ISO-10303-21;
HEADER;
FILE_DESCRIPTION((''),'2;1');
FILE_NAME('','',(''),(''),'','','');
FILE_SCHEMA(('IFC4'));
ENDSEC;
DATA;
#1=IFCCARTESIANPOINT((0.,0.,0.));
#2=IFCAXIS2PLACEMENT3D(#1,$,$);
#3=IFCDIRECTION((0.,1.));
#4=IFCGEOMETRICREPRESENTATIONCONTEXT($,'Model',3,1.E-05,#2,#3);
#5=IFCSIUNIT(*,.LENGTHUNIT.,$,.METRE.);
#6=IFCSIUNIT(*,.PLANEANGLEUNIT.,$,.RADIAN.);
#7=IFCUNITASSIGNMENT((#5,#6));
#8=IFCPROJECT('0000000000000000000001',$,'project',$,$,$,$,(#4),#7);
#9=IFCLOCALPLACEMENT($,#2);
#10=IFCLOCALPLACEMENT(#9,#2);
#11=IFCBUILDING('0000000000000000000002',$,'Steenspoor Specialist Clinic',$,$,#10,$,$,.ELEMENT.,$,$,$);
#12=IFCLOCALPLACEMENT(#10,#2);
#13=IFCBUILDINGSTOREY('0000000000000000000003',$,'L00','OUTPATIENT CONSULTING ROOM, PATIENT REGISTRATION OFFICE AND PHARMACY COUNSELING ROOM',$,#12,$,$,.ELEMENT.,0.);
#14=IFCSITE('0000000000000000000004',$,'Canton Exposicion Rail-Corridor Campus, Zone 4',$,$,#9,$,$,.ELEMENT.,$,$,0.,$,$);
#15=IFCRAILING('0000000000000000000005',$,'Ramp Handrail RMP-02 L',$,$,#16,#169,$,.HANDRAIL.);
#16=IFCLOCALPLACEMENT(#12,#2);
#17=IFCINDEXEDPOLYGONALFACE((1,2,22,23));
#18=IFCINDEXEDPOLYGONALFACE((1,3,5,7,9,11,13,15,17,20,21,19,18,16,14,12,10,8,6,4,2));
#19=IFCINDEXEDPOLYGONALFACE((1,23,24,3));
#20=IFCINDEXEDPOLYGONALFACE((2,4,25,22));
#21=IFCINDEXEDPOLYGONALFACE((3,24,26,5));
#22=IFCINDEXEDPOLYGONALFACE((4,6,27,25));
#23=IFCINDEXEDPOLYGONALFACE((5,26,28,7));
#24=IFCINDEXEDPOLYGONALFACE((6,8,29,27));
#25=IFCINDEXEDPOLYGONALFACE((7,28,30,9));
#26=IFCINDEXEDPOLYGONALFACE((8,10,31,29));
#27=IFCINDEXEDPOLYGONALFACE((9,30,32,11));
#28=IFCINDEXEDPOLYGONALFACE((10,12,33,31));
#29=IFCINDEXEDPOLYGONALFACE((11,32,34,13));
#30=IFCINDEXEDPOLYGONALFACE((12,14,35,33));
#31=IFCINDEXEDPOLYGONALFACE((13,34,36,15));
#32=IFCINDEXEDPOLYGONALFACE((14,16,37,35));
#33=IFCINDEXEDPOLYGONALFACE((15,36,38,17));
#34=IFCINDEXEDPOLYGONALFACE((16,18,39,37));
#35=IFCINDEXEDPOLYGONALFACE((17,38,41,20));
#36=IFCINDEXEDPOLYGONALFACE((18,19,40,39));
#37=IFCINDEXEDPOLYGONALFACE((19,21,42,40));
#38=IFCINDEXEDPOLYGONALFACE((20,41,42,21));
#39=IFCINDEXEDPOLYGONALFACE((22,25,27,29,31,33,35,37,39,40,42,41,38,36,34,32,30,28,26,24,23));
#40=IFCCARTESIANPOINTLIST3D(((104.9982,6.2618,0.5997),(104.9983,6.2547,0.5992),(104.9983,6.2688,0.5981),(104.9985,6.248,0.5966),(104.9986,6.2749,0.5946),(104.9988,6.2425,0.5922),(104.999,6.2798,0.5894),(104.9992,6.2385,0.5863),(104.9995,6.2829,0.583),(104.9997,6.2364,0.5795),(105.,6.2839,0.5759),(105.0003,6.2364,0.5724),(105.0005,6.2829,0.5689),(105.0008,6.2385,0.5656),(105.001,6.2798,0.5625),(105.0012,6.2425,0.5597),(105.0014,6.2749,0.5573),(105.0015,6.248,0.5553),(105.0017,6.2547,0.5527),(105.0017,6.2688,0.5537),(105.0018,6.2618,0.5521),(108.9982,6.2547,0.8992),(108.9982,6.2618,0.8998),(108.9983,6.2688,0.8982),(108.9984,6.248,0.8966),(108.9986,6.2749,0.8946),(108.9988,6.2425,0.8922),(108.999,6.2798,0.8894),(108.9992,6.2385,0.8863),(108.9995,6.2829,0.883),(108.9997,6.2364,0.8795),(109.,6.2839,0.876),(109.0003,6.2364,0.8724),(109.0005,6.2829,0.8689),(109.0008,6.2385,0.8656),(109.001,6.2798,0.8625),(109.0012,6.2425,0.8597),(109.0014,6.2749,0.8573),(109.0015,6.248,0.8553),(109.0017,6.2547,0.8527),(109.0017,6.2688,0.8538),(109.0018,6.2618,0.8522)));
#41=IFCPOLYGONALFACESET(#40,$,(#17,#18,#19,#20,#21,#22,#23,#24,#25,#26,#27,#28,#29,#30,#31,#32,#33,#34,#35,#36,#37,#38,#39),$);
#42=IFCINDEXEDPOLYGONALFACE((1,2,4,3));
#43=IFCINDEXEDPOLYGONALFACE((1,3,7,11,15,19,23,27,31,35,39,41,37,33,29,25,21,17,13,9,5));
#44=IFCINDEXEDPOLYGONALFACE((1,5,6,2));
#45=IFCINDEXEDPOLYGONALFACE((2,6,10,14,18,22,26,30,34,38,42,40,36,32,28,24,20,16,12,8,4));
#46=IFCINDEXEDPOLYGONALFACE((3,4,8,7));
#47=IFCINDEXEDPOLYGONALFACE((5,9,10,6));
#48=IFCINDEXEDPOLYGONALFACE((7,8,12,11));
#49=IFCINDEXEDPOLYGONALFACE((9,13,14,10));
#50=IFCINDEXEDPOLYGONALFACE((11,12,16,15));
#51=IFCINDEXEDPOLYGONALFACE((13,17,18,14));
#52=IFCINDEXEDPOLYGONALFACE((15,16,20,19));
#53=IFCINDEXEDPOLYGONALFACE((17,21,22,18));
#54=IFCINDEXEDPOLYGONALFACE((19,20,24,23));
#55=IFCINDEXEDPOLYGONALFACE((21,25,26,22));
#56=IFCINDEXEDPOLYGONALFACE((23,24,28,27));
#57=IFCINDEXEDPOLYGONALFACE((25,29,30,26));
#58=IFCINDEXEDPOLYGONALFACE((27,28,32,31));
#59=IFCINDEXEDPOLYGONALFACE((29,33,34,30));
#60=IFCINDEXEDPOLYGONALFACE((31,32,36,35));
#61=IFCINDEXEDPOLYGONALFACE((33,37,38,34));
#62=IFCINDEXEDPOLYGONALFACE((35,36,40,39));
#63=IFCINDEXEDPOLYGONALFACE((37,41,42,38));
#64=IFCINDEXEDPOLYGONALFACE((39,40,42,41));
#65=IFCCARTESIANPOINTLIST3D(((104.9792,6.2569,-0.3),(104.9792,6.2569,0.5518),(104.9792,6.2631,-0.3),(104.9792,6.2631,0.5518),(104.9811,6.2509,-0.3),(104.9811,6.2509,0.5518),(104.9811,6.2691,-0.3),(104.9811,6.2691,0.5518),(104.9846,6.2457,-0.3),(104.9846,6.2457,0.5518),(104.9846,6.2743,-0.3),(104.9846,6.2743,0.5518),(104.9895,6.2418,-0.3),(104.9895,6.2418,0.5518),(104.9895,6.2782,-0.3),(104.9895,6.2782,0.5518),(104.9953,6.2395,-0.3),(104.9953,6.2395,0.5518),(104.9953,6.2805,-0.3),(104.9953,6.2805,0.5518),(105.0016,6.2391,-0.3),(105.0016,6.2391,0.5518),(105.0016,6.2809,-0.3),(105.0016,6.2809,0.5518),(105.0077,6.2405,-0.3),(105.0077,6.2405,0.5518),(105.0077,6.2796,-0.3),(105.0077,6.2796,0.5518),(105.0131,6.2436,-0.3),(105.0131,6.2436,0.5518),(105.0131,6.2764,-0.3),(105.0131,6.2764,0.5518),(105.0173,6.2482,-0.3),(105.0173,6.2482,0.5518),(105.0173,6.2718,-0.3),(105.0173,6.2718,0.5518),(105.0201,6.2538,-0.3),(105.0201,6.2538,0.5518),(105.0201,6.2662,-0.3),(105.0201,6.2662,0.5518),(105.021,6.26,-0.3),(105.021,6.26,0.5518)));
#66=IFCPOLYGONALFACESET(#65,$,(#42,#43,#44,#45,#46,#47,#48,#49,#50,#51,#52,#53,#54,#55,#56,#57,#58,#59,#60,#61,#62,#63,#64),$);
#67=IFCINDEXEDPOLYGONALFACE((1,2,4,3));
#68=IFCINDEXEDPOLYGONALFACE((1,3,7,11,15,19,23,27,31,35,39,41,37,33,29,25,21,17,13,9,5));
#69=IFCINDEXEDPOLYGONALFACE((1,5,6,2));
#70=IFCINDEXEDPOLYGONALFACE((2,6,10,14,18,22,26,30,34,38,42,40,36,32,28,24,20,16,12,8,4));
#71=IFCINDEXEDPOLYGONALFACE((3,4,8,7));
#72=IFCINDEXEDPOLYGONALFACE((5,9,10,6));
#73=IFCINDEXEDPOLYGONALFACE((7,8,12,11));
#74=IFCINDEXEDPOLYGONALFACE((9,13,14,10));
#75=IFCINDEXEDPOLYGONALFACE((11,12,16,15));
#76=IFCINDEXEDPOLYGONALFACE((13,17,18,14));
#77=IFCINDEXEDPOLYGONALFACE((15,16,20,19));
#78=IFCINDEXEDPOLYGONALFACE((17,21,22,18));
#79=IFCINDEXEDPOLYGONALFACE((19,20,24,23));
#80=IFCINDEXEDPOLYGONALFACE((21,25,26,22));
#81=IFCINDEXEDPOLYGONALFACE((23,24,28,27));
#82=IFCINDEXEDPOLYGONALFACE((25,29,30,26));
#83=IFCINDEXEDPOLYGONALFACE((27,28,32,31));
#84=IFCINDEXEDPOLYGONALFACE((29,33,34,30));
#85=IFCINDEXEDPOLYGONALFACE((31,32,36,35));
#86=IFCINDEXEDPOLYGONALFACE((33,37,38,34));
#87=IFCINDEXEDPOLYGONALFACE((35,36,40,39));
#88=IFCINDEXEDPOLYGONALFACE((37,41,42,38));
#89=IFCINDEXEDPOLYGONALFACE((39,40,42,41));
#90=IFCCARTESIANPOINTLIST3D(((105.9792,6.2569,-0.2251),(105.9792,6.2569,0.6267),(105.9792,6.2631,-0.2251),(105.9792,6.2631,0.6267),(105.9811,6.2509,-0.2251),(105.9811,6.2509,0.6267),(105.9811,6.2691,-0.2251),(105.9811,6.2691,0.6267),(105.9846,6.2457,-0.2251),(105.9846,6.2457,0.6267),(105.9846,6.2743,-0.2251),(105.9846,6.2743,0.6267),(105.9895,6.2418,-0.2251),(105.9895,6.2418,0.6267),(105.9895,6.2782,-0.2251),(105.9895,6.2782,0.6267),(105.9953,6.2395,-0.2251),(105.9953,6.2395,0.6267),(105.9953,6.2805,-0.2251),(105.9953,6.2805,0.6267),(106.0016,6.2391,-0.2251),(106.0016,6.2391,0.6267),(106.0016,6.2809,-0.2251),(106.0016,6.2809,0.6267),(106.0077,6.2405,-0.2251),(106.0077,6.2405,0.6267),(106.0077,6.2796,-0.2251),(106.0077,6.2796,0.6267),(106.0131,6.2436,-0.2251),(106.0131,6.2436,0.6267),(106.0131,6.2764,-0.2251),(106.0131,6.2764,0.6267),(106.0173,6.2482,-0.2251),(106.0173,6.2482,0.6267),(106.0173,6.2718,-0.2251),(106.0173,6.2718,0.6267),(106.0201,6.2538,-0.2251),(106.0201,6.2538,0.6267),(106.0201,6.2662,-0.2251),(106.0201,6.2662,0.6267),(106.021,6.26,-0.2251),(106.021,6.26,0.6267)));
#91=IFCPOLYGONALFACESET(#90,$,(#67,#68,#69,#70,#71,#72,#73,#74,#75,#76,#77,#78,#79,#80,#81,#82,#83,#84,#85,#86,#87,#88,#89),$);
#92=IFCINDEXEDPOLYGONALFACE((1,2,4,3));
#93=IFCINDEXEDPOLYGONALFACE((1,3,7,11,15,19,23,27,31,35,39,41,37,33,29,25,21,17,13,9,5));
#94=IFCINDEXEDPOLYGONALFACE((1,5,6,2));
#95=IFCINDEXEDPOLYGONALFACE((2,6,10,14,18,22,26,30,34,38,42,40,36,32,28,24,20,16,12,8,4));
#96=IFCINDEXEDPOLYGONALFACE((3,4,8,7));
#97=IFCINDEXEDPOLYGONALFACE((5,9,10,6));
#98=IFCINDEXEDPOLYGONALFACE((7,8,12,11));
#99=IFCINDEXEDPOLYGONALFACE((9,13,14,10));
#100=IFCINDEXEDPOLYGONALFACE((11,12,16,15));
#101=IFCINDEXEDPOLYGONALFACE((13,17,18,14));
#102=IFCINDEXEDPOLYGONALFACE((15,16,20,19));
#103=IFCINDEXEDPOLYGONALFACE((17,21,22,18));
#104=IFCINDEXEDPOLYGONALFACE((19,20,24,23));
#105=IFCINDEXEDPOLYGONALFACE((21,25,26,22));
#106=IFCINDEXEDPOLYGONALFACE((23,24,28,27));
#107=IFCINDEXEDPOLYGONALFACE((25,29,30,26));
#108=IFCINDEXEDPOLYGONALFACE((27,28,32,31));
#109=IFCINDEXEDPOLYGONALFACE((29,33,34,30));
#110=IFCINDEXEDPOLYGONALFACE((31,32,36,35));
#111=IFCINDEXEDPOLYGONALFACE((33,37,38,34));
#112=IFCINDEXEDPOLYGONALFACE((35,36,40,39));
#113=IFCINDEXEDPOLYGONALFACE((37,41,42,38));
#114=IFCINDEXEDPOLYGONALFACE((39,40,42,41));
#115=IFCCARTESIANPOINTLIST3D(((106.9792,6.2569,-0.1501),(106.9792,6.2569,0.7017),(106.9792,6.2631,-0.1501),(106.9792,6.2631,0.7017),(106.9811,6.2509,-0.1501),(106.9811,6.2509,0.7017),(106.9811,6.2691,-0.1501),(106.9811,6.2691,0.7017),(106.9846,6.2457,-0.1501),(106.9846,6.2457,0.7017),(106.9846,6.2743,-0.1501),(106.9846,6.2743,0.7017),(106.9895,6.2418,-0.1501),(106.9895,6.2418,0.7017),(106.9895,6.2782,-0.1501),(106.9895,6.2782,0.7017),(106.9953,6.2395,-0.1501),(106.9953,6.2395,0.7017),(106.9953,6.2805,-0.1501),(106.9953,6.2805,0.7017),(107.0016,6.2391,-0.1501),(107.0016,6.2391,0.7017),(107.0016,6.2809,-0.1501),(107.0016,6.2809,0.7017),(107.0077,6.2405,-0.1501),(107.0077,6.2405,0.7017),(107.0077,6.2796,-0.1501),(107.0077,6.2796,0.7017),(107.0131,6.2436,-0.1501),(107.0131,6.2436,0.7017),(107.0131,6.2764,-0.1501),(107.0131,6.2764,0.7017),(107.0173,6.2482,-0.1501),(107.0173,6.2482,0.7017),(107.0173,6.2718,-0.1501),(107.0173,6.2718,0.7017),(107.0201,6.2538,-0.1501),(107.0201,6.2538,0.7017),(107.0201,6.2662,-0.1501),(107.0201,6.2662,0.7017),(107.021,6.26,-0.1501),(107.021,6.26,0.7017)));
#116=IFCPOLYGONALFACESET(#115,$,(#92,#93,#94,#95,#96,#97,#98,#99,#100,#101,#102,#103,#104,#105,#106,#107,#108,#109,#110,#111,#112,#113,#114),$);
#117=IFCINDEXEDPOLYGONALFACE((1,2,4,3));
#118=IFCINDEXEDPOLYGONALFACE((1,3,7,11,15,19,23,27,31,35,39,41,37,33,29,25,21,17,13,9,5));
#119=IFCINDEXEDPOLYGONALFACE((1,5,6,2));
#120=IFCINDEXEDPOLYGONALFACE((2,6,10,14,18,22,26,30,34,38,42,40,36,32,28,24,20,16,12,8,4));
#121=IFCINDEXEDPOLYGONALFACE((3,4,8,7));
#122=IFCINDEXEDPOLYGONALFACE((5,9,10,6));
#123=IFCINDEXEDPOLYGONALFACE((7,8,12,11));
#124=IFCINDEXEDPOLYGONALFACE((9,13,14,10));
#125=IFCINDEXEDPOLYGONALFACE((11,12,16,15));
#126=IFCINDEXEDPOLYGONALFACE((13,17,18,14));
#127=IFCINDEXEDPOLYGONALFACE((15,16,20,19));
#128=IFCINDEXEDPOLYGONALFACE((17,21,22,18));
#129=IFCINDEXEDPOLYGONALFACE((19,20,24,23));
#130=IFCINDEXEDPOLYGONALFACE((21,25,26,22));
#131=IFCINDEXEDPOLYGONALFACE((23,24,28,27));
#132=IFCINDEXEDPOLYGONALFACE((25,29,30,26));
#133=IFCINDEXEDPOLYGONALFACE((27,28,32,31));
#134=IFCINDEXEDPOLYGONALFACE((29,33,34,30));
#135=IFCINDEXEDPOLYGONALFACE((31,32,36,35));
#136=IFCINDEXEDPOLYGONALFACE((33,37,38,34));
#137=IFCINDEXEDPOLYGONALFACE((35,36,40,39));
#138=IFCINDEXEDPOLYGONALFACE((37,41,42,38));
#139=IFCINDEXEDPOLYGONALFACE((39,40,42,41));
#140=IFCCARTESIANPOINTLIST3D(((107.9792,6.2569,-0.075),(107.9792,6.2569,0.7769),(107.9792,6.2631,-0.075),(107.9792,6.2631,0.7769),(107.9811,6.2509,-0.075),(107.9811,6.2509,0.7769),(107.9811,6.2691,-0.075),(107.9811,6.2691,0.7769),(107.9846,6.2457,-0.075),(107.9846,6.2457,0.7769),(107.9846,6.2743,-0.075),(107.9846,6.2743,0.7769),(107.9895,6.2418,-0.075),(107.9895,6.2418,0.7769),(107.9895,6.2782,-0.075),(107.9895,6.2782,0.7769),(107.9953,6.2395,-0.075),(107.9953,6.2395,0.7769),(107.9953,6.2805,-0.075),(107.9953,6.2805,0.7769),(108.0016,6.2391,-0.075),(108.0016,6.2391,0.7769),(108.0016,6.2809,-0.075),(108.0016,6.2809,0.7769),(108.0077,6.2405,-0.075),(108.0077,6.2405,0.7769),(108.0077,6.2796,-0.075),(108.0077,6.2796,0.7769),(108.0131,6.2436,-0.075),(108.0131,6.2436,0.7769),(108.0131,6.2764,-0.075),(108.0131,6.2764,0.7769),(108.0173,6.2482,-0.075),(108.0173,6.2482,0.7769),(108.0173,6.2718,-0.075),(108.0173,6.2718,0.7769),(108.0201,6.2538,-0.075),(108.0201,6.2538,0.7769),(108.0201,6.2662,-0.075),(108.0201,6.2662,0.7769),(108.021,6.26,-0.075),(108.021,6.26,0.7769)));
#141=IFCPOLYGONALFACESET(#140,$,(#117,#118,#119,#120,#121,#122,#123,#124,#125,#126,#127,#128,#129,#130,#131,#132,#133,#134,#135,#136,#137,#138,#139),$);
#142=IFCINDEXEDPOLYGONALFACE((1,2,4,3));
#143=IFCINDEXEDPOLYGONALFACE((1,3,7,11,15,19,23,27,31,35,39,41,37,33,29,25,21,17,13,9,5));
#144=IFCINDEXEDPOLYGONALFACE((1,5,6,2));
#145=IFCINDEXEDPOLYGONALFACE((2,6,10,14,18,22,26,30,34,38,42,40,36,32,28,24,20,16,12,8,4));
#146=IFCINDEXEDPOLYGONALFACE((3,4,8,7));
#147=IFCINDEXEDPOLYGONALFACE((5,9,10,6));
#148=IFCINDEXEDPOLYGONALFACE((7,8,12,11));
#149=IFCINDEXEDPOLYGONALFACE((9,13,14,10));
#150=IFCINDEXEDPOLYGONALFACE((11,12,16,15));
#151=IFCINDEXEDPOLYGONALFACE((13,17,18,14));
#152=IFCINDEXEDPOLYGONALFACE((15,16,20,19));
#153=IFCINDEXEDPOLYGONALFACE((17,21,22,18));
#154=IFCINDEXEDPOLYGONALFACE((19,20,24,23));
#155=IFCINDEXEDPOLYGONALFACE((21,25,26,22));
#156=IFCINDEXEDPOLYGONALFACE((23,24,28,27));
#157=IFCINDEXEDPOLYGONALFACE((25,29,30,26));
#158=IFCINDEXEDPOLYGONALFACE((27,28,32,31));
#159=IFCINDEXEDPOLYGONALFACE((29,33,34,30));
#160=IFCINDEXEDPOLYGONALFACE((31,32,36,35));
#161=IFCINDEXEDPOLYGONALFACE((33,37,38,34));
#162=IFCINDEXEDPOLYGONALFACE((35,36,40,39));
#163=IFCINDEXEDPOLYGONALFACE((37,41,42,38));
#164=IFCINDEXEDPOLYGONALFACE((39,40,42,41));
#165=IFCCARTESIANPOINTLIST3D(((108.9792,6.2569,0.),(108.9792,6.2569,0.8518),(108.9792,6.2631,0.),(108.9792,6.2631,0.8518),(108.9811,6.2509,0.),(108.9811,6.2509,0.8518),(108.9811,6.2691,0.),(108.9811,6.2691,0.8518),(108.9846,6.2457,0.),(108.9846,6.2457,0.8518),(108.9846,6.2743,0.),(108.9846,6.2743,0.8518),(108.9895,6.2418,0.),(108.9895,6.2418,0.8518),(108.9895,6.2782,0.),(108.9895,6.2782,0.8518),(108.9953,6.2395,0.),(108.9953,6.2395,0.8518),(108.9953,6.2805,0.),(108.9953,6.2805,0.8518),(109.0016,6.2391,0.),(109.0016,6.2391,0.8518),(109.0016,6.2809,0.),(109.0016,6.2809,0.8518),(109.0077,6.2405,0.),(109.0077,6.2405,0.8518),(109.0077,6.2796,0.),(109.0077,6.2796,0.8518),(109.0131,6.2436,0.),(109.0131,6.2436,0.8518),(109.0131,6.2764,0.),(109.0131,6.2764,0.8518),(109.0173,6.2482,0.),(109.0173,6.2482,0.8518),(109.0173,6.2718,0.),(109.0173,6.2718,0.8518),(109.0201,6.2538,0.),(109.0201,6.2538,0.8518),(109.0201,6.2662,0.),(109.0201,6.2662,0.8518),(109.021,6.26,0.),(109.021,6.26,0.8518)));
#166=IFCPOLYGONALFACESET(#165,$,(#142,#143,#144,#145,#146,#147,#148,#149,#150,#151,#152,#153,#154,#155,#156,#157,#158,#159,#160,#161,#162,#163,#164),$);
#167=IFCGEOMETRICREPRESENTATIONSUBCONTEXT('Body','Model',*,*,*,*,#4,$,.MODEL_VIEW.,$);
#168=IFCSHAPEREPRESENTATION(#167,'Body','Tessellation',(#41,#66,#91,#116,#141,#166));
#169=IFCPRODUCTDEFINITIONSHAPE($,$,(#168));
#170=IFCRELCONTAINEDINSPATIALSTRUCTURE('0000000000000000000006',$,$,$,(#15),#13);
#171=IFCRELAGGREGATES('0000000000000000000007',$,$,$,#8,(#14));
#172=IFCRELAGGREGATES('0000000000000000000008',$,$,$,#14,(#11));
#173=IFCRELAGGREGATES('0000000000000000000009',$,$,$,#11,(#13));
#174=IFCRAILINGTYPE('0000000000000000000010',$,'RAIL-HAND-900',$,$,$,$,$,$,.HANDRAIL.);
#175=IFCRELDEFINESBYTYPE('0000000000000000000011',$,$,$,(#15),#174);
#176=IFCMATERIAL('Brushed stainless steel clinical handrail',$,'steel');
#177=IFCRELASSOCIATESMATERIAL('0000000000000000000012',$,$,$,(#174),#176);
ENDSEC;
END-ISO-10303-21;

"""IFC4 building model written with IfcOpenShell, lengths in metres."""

from ifc_helpers import new_model, si_unit, direction, frame, origin, origin_2d, place, context, subcontext, project, spatial, circle, extrude, material, type_object, element, save


model = new_model("IFC4")

# Units and contexts
model_context = context("Model", 3, precision=1e-05, world=origin(), true_north=direction((0.0, 1.0)))
body_context = subcontext(model_context, "Body", "Model", "MODEL_VIEW")
ifc_project = project(units=[si_unit("LENGTHUNIT", "METRE"), si_unit("PLANEANGLEUNIT", "RADIAN")], contexts=[model_context])

# Site, building, storey
site_placement = place(None, origin())
site = spatial("IfcSite", under=ifc_project, at=site_placement, Name="Canton Exposicion Rail-Corridor Campus, Zone 4", CompositionType="ELEMENT", RefElevation=0.0)
building_placement = place(site_placement, origin())
building = spatial("IfcBuilding", under=site, at=building_placement, Name="Steenspoor Specialist Clinic", CompositionType="ELEMENT")
storey_placement = place(building_placement, origin())
storey = spatial("IfcBuildingStorey", under=building, at=storey_placement, Name="L00", Description="OUTPATIENT CONSULTING ROOM, PATIENT REGISTRATION OFFICE AND PHARMACY COUNSELING ROOM", CompositionType="ELEMENT", Elevation=0.0)

# Railing
ifc_material_1 = material(Name="Brushed stainless steel clinical handrail", Category="steel")
railing_type = type_object("IfcRailingType", Name="RAIL-HAND-900", PredefinedType="HANDRAIL", material=ifc_material_1)
for number, where, name in (
    (1, (105.0, 6.26, -0.3), "Ramp Handrail RMP-02 L"),
):
    element("IfcRailing", number, at=place(storey_placement, frame(where)), inside=storey, type_object=railing_type, Name=name, PredefinedType="HANDRAIL", context=body_context, shape_type="SweptSolid", body=[
        extrude(circle(Radius=0.0239, at=origin_2d()), frame((0.0, 0.0, 0.876), z_axis=(0.997198, 0.0, 0.074802), x_axis=(0.0, 1.0, 0.0)), (0.0, 0.0, 1.0), 4.0112),
        extrude(circle(Radius=0.021, at=origin_2d()), origin(), (0.0, 0.0, 1.0), 0.8518),
        extrude(circle(Radius=0.021, at=origin_2d()), frame((1.0, 0.0, 0.075)), (0.0, 0.0, 1.0), 0.8518),
        extrude(circle(Radius=0.021, at=origin_2d()), frame((2.0, 0.0, 0.1499)), (0.0, 0.0, 1.0), 0.8518),
        extrude(circle(Radius=0.021, at=origin_2d()), frame((3.0, 0.0, 0.2251)), (0.0, 0.0, 1.0), 0.8518),
        extrude(circle(Radius=0.021, at=origin_2d()), frame((4.0, 0.0, 0.3)), (0.0, 0.0, 1.0), 0.8518),
    ])

save(model, "model.ifc")
